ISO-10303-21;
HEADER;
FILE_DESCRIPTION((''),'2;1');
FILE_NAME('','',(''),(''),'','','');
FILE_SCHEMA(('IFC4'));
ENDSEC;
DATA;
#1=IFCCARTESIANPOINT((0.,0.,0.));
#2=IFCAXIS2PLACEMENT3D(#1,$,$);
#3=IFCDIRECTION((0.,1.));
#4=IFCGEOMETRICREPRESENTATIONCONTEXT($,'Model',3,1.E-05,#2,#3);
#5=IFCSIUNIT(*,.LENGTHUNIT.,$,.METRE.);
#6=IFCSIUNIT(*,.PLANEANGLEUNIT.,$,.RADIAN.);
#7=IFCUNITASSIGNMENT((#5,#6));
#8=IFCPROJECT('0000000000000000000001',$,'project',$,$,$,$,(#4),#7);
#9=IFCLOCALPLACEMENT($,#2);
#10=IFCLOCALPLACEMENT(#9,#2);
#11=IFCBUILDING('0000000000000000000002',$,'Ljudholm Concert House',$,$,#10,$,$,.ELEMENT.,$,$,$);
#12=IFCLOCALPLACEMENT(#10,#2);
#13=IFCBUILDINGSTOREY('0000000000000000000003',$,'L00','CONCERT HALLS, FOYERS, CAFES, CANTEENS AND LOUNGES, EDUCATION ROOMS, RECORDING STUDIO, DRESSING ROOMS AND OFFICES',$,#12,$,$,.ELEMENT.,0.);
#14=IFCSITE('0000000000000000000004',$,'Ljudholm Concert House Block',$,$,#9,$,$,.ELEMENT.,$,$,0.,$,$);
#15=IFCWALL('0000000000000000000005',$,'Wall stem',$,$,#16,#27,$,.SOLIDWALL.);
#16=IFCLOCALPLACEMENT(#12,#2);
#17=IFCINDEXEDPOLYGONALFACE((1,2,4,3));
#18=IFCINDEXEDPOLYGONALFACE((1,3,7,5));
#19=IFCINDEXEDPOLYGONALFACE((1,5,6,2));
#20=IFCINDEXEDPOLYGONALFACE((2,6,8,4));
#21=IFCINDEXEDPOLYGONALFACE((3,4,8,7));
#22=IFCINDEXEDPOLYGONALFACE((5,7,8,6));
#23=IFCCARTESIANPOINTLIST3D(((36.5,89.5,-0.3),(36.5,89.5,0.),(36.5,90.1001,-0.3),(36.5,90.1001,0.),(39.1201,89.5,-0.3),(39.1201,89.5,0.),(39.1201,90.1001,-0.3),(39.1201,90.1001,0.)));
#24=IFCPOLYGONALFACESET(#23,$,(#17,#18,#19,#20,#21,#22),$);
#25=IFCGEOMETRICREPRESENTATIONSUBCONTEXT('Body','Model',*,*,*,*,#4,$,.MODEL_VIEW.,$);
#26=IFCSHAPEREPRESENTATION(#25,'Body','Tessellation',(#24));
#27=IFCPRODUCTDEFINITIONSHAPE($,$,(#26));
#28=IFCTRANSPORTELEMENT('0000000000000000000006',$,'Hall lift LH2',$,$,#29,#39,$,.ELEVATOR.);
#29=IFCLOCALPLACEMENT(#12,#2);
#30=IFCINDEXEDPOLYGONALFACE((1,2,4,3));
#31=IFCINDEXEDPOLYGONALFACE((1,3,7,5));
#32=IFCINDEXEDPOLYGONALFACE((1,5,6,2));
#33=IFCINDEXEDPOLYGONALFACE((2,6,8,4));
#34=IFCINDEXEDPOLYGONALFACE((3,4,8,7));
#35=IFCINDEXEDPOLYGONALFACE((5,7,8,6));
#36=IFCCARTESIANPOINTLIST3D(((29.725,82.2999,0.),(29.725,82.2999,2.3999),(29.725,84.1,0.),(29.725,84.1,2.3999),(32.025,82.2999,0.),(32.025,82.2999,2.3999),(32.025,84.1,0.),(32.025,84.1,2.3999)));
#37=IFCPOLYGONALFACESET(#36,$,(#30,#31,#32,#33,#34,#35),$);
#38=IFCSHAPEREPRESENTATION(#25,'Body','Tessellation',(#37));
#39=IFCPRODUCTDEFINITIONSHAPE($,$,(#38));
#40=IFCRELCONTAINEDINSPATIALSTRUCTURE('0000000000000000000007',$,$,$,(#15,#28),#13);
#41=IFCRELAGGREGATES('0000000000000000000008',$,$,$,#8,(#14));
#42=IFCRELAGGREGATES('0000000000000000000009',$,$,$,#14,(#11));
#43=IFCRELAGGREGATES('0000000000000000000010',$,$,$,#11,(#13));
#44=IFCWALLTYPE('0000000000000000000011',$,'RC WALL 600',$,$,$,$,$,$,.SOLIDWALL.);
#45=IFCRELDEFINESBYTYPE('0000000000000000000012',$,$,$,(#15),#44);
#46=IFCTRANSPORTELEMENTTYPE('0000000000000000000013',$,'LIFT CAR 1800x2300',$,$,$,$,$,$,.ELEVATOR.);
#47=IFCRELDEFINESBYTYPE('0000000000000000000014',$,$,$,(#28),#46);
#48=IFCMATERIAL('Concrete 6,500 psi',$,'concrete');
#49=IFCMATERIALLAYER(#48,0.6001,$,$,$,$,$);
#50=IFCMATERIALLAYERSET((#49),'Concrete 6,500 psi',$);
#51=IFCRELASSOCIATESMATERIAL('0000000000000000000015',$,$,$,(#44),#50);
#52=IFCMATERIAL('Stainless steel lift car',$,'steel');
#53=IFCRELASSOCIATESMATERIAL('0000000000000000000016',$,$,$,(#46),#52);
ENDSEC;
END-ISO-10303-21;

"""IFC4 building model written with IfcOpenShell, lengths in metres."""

from ifc_helpers import new_model, si_unit, direction, frame, frame_2d, origin, origin_2d, place, context, subcontext, project, spatial, rectangle, extrude, material, layer, layer_set, type_object, element, save


model = new_model("IFC4")

# Units and contexts
model_context = context("Model", 3, precision=1e-05, world=origin(), true_north=direction((0.0, 1.0)))
body_context = subcontext(model_context, "Body", "Model", "MODEL_VIEW")
ifc_project = project(units=[si_unit("LENGTHUNIT", "METRE"), si_unit("PLANEANGLEUNIT", "RADIAN")], contexts=[model_context])

# Site, building, storey
site_placement = place(None, origin())
site = spatial("IfcSite", under=ifc_project, at=site_placement, Name="Ljudholm Concert House Block", CompositionType="ELEMENT", RefElevation=0.0)
building_placement = place(site_placement, origin())
building = spatial("IfcBuilding", under=site, at=building_placement, Name="Ljudholm Concert House", CompositionType="ELEMENT")
storey_placement = place(building_placement, origin())
storey = spatial("IfcBuildingStorey", under=building, at=storey_placement, Name="L00", Description="CONCERT HALLS, FOYERS, CAFES, CANTEENS AND LOUNGES, EDUCATION ROOMS, RECORDING STUDIO, DRESSING ROOMS AND OFFICES", CompositionType="ELEMENT", Elevation=0.0)

# Shared definitions
ifc_material_1 = material(Name="Concrete 6,500 psi", Category="concrete")
ifc_layer_1 = layer(ifc_material_1, 0.6001)
ifc_layer_set_1 = layer_set([ifc_layer_1], Name="Concrete 6,500 psi")
wall_type_1 = type_object("IfcWallType", Name="RC WALL 600", PredefinedType="SOLIDWALL", material=ifc_layer_set_1)

# Wall
wall_1_placement = place(storey_placement, frame((36.5, 89.8, -0.3), z_axis=(0.0, 0.0, 1.0), x_axis=(1.0, 0.0, 0.0)))
element("IfcWall", 1, at=wall_1_placement, inside=storey, type_object=wall_type_1, Name="Wall stem", PredefinedType="SOLIDWALL", context=body_context, shape_type="SweptSolid", body=[
    extrude(rectangle(XDim=2.6201, YDim=0.6001, at=frame_2d((1.3101, 0.0))), origin(), (0.0, 0.0, 1.0), 0.3),
])

# Transport element
ifc_material_2 = material(Name="Stainless steel lift car", Category="steel")
transport_element_type = type_object("IfcTransportElementType", Name="LIFT CAR 1800x2300", PredefinedType="ELEVATOR", material=ifc_material_2)
transport_element_placement = place(storey_placement, frame((30.875, 83.2, 0.0), z_axis=(0.0, 0.0, 1.0), x_axis=(1.0, 0.0, 0.0)))
element("IfcTransportElement", 2, at=transport_element_placement, inside=storey, type_object=transport_element_type, Name="Hall lift LH2", PredefinedType="ELEVATOR", context=body_context, shape_type="SweptSolid", body=[
    extrude(rectangle(XDim=2.3, YDim=1.8, at=origin_2d()), origin(), (0.0, 0.0, 1.0), 2.3999),
])

save(model, "model.ifc")
